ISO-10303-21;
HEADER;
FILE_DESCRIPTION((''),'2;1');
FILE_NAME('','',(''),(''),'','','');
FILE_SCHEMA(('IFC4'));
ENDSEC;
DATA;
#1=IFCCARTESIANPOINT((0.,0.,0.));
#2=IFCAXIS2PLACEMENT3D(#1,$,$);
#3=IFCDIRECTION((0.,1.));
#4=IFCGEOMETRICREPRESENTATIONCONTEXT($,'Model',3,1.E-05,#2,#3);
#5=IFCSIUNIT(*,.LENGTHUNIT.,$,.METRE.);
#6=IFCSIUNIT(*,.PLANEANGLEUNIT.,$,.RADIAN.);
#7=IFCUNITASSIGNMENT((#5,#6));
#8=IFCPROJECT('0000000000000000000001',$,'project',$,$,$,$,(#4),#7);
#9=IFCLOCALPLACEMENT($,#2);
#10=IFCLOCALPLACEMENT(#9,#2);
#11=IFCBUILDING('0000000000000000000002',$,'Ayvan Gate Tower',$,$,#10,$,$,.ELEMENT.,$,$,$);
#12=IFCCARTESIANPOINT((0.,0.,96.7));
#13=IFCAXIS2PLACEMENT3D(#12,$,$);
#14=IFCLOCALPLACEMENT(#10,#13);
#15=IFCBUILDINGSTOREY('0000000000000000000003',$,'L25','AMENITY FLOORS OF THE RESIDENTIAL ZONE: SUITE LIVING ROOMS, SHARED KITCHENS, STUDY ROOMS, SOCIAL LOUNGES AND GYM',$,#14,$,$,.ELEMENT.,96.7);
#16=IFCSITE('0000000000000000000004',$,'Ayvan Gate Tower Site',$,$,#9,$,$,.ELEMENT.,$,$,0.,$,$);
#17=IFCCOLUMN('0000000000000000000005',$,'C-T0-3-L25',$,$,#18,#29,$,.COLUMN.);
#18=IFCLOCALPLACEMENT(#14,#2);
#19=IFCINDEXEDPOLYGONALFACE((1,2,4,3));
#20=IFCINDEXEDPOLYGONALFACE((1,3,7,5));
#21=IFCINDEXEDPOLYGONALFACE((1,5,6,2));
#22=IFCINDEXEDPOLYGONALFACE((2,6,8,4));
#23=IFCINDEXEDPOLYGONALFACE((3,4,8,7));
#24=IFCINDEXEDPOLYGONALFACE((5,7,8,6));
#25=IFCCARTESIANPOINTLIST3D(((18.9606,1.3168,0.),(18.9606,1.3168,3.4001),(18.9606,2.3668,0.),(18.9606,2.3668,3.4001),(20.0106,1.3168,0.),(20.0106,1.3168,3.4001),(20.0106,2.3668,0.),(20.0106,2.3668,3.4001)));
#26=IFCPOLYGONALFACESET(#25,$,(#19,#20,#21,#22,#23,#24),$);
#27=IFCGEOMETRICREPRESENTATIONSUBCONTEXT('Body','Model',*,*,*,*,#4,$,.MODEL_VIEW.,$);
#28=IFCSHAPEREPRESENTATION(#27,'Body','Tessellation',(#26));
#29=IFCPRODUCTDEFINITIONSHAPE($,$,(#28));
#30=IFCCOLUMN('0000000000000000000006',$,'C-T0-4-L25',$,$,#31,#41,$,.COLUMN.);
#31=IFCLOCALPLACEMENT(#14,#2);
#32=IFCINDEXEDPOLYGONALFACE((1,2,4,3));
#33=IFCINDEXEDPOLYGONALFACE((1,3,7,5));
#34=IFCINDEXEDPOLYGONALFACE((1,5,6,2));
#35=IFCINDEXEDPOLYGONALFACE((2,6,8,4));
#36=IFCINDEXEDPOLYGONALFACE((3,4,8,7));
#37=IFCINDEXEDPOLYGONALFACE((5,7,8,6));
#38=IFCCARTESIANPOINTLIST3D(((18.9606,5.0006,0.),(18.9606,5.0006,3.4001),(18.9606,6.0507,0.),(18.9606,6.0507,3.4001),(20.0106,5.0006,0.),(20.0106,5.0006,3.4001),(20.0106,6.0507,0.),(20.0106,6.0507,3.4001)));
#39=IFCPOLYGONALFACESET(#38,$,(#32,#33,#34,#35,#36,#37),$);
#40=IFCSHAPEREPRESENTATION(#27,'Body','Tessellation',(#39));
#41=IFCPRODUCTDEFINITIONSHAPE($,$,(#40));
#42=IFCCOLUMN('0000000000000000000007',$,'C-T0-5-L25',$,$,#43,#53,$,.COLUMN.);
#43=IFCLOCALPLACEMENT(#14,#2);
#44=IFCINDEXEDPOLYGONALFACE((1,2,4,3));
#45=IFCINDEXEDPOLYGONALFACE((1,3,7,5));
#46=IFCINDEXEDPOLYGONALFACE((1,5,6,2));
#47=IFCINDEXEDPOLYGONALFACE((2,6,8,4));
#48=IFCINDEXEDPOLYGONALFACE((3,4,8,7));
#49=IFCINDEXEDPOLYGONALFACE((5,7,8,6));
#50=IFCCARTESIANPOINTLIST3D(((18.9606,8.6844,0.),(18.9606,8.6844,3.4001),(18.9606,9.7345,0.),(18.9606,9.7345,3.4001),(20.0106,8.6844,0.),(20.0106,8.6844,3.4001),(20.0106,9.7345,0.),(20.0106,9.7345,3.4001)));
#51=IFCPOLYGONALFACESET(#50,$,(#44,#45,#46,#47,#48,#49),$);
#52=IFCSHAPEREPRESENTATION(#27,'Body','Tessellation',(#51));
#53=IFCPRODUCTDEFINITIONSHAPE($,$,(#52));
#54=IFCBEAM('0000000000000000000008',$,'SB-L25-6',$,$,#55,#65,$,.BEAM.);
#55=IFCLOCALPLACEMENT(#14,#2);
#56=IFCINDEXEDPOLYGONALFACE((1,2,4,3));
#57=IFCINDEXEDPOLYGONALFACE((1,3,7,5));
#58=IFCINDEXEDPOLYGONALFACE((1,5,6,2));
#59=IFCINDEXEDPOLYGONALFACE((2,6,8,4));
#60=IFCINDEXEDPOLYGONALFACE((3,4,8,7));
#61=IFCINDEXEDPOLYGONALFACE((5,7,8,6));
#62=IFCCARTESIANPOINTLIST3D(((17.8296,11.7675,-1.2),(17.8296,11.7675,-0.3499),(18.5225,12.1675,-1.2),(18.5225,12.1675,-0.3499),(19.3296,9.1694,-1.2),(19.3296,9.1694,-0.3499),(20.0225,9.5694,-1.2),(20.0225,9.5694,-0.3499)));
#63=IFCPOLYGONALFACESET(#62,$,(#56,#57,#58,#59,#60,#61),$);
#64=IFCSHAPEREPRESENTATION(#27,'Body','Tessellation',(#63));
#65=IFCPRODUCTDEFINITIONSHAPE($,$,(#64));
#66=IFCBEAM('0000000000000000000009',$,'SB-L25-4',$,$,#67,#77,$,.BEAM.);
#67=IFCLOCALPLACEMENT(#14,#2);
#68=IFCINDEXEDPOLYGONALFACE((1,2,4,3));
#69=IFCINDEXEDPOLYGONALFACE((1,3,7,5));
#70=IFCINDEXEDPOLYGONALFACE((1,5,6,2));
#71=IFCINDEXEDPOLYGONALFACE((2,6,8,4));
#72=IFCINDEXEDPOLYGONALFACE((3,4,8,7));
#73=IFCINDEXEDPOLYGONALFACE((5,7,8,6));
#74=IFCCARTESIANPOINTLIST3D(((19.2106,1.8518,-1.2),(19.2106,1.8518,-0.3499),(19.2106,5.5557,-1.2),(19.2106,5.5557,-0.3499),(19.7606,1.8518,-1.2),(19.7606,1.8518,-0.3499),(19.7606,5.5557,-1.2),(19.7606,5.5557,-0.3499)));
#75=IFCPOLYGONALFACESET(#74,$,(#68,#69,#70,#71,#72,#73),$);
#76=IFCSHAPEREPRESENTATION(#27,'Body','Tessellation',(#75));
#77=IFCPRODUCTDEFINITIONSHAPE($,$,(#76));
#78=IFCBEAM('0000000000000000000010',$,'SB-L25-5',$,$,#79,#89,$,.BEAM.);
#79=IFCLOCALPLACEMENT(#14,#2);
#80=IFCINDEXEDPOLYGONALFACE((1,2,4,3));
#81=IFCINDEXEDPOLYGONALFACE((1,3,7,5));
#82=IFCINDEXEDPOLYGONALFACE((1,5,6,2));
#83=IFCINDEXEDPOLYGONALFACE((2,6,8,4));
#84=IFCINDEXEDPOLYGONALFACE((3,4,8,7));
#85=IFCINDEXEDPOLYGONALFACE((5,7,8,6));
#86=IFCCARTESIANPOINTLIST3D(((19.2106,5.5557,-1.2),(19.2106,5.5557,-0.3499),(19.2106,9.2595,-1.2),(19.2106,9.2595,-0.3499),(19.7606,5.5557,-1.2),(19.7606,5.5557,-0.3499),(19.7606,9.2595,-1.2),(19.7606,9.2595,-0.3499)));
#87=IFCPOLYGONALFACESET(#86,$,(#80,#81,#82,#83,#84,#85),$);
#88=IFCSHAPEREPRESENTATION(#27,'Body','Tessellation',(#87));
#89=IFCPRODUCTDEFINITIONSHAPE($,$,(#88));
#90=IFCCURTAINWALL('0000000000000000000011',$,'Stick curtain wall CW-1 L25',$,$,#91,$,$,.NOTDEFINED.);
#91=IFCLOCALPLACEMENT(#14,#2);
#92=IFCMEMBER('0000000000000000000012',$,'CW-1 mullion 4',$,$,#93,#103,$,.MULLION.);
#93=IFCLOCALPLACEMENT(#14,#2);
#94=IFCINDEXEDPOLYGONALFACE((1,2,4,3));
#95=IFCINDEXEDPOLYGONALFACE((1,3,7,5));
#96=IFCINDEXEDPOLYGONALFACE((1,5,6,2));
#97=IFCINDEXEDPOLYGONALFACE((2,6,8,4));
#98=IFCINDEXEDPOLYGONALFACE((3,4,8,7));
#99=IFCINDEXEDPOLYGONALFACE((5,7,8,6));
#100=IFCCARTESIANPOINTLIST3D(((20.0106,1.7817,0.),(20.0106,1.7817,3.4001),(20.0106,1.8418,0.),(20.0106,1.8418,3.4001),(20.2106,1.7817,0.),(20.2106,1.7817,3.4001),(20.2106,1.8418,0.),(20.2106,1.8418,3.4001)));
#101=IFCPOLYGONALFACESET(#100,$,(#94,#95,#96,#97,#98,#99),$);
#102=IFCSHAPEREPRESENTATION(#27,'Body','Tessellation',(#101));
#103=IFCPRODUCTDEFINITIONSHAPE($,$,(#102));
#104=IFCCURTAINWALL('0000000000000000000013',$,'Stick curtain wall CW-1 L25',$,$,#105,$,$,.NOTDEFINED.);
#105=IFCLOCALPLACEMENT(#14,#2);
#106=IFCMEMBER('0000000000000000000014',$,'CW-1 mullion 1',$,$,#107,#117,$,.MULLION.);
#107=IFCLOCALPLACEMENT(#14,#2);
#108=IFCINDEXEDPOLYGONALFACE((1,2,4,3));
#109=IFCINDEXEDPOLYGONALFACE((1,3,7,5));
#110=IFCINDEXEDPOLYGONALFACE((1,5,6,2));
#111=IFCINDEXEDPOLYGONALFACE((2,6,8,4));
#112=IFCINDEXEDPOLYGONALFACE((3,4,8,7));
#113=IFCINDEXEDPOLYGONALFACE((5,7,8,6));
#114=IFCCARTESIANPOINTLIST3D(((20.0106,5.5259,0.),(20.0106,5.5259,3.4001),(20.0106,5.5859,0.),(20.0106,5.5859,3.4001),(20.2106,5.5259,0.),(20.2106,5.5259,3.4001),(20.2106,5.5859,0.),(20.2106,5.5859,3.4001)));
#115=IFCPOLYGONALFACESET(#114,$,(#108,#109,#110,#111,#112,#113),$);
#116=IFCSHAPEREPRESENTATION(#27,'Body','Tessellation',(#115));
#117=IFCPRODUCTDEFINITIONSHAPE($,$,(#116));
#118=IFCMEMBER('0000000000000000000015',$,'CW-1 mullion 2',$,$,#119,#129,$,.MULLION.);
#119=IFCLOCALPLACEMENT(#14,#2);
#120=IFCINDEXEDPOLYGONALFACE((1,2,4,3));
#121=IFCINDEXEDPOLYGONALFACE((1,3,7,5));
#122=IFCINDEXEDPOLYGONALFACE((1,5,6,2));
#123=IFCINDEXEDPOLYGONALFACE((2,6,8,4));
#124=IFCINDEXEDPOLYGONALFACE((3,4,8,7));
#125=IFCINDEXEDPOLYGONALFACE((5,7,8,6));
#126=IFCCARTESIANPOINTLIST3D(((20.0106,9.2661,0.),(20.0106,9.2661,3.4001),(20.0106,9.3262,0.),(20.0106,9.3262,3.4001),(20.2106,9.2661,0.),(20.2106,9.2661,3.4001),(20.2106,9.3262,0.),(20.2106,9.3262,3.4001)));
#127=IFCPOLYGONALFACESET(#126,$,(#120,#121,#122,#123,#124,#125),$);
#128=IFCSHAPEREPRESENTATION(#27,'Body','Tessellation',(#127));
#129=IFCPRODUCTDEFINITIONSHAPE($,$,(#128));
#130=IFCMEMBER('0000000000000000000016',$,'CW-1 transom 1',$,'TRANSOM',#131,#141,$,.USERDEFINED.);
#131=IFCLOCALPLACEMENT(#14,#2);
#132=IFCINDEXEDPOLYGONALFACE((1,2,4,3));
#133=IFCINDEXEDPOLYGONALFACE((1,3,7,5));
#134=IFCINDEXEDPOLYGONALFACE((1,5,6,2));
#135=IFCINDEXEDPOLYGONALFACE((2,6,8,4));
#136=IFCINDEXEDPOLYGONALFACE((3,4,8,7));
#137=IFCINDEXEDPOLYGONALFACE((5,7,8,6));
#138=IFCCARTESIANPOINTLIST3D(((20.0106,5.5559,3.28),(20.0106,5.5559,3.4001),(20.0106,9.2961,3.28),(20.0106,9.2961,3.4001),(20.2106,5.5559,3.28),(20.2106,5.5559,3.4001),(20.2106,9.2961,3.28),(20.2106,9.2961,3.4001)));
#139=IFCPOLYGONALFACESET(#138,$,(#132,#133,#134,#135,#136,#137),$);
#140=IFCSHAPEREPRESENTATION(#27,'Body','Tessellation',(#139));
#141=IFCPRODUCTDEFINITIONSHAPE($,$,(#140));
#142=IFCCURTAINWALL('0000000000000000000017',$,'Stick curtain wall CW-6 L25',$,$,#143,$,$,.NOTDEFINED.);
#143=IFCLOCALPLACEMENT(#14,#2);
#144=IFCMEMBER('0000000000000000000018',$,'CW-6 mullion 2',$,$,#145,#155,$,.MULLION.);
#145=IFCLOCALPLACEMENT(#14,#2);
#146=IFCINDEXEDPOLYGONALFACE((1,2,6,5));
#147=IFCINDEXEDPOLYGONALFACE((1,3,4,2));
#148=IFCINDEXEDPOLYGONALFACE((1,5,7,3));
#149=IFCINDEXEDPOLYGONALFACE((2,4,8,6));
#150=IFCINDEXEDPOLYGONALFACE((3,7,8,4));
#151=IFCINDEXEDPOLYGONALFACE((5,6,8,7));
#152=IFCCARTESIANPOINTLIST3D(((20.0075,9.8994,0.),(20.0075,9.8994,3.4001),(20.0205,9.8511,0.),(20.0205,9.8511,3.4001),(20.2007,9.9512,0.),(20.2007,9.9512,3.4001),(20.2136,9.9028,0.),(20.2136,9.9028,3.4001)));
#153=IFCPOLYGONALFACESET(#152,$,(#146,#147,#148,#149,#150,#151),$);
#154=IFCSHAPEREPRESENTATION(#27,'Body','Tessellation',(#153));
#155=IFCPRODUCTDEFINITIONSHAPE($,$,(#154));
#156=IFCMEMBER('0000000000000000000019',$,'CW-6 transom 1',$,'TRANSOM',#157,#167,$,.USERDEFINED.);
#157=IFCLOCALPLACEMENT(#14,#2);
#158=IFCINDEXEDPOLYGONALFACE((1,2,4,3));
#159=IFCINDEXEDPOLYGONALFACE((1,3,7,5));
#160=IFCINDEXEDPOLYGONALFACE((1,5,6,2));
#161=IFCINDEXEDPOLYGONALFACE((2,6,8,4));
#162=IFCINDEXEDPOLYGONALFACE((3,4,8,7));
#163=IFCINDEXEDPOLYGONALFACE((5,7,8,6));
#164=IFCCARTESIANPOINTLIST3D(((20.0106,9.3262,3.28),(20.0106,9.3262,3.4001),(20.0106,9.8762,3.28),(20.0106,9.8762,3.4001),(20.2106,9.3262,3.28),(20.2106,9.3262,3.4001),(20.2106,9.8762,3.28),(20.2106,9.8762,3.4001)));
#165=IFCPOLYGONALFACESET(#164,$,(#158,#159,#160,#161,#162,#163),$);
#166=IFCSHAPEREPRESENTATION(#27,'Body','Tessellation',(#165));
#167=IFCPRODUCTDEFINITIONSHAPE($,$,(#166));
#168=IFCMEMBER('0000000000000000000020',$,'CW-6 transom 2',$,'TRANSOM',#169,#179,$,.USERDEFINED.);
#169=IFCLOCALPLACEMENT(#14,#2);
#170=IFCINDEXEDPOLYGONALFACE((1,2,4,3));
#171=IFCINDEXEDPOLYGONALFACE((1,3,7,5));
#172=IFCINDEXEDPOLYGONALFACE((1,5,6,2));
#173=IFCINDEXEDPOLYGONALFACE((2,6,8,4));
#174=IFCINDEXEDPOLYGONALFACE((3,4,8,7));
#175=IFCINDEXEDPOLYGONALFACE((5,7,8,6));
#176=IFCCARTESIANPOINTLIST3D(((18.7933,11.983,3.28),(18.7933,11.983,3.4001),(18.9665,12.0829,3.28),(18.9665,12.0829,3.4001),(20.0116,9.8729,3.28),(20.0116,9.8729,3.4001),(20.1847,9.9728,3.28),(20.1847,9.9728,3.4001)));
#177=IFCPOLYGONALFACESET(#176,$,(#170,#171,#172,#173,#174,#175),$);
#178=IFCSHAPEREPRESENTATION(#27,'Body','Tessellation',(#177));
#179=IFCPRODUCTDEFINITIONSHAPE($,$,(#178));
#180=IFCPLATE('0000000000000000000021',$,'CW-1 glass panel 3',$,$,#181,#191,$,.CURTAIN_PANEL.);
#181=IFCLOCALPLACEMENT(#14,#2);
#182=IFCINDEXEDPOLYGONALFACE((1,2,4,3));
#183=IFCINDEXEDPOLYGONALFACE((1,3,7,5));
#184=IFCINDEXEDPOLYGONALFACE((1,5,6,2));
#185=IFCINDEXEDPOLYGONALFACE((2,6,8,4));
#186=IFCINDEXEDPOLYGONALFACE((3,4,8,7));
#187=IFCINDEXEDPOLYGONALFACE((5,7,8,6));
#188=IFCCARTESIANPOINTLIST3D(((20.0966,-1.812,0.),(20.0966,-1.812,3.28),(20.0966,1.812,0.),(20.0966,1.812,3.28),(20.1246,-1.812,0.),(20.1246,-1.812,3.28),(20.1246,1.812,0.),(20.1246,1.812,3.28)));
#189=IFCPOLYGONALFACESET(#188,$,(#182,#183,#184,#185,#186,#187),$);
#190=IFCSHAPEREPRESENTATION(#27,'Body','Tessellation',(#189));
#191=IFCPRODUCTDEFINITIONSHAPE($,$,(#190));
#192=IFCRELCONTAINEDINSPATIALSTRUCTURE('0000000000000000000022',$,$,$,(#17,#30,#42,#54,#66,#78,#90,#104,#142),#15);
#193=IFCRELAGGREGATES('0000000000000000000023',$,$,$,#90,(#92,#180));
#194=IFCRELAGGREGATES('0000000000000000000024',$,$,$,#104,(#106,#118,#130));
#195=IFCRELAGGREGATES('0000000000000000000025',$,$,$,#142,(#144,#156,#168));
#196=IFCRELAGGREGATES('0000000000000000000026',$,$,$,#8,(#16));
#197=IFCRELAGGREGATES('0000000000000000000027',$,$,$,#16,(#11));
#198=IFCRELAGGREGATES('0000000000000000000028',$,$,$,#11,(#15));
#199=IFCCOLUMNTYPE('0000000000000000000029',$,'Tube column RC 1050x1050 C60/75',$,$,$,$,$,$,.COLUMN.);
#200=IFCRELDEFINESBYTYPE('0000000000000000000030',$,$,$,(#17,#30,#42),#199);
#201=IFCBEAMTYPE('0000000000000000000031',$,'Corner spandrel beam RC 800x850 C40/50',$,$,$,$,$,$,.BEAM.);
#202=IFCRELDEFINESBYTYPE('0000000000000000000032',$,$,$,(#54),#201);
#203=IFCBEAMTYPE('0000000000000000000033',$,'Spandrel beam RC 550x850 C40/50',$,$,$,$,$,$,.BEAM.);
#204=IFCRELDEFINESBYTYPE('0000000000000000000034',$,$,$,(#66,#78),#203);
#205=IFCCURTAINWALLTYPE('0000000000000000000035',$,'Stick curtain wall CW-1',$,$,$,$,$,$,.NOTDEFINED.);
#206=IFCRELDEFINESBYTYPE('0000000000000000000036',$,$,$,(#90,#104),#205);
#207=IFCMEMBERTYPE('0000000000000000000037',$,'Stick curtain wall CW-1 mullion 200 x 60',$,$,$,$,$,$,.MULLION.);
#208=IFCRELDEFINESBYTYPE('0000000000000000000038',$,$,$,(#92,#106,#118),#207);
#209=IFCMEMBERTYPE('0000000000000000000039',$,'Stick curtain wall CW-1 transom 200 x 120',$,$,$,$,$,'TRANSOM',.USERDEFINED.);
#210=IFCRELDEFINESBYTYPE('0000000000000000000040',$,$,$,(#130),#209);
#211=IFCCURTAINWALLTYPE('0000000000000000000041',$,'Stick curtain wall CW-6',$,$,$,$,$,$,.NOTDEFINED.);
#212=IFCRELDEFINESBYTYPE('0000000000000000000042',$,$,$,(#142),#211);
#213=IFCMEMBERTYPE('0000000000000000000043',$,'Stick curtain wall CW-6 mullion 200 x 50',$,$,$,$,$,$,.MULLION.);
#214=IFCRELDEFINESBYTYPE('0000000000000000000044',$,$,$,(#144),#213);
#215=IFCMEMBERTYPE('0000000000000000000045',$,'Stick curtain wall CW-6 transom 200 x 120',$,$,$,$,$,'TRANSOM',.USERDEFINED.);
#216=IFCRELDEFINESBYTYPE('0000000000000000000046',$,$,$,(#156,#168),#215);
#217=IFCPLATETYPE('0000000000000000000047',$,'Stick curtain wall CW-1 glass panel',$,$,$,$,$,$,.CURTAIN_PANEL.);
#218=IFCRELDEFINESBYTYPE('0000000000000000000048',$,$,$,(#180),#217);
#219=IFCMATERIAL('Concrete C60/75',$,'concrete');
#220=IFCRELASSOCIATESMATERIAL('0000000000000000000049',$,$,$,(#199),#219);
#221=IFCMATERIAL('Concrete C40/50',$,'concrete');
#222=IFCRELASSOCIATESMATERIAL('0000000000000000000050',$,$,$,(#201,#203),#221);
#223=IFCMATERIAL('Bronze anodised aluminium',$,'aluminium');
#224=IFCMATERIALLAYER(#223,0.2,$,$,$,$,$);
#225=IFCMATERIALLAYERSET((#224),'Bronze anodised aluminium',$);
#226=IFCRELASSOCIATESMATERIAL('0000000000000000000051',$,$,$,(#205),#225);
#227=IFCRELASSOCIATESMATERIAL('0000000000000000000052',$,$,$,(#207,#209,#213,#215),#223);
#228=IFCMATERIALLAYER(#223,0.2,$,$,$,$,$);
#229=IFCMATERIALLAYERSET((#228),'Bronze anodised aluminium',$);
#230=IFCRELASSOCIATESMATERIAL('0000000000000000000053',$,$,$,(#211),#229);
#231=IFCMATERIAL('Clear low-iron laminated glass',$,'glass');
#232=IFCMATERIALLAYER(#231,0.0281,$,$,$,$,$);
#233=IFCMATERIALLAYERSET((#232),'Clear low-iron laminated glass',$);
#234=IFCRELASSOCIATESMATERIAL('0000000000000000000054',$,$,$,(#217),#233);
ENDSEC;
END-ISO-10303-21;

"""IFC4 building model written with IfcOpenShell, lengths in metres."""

from ifc_helpers import new_model, si_unit, direction, frame, origin, origin_2d, place, context, subcontext, project, spatial, rectangle, extrude, material, layer, layer_set, material_profile, profile_set, type_object, element, aggregate, save


model = new_model("IFC4")

# Units and contexts
model_context = context("Model", 3, precision=1e-05, world=origin(), true_north=direction((0.0, 1.0)))
body_context = subcontext(model_context, "Body", "Model", "MODEL_VIEW")
ifc_project = project(units=[si_unit("LENGTHUNIT", "METRE"), si_unit("PLANEANGLEUNIT", "RADIAN")], contexts=[model_context])

# Site, building, storey
site_placement = place(None, origin())
site = spatial("IfcSite", under=ifc_project, at=site_placement, Name="Ayvan Gate Tower Site", CompositionType="ELEMENT", RefElevation=0.0)
building_placement = place(site_placement, origin())
building = spatial("IfcBuilding", under=site, at=building_placement, Name="Ayvan Gate Tower", CompositionType="ELEMENT")
storey_placement = place(building_placement, frame((0.0, 0.0, 96.7)))
storey = spatial("IfcBuildingStorey", under=building, at=storey_placement, Name="L25", Description="AMENITY FLOORS OF THE RESIDENTIAL ZONE: SUITE LIVING ROOMS, SHARED KITCHENS, STUDY ROOMS, SOCIAL LOUNGES AND GYM", CompositionType="ELEMENT", Elevation=96.7)

# Columns
ifc_material_1 = material(Name="Concrete C60/75", Category="concrete")
ifc_material_profile_1 = material_profile(ifc_material_1, rectangle(XDim=1.05, YDim=1.05, at=origin_2d()), Name="RC 1050x1050")
ifc_profile_set_1 = profile_set([ifc_material_profile_1], Name="Concrete C60/75")
column_type = type_object("IfcColumnType", Name="Tube column RC 1050x1050 C60/75", PredefinedType="COLUMN", material=ifc_profile_set_1)
for number, where, z_axis, x_axis, name in (
    (1, (19.4856, 1.8418, 0.0), (0.0, 0.0, 1.0), (1.0, 0.0, 0.0), "C-T0-3-L25"),
    (2, (19.4856, 5.5256, 0.0), (0.0, 0.0, 1.0), (1.0, 0.0, 0.0), "C-T0-4-L25"),
    (3, (19.4856, 9.2095, 0.0), (0.0, 0.0, 1.0), (1.0, 0.0, 0.0), "C-T0-5-L25"),
):
    element("IfcColumn", number, at=place(storey_placement, frame(where, z_axis=z_axis, x_axis=x_axis)), inside=storey, type_object=column_type, Name=name, PredefinedType="COLUMN", context=body_context, shape_type="SweptSolid", body=[
        extrude(rectangle(XDim=1.05, YDim=1.05, at=origin_2d()), origin(), (0.0, 0.0, 1.0), 3.4001),
    ])

# Beams
ifc_material_2 = material(Name="Concrete C40/50", Category="concrete")
ifc_material_profile_2 = material_profile(ifc_material_2, rectangle(XDim=0.8, YDim=0.8501, at=origin_2d()), Name="RC 800x850")
ifc_profile_set_2 = profile_set([ifc_material_profile_2], Name="Concrete C40/50")
beam_type_1 = type_object("IfcBeamType", Name="Corner spandrel beam RC 800x850 C40/50", PredefinedType="BEAM", material=ifc_profile_set_2)
beam_placement = place(storey_placement, frame((19.676, 9.3694, -0.7749), z_axis=(-0.49999, 0.866031, 0.0), x_axis=(-0.866031, -0.49999, 0.0)))
element("IfcBeam", 4, at=beam_placement, inside=storey, type_object=beam_type_1, Name="SB-L25-6", PredefinedType="BEAM", context=body_context, shape_type="SweptSolid", body=[
    extrude(rectangle(XDim=0.8, YDim=0.8501, at=origin_2d()), origin(), (0.0, 0.0, 1.0), 3.0),
])
ifc_material_profile_3 = material_profile(ifc_material_2, rectangle(XDim=0.55, YDim=0.8501, at=origin_2d()), Name="RC 550x850")
ifc_profile_set_3 = profile_set([ifc_material_profile_3], Name="Concrete C40/50")
beam_type_2 = type_object("IfcBeamType", Name="Spandrel beam RC 550x850 C40/50", PredefinedType="BEAM", material=ifc_profile_set_3)
for number, where, z_axis, x_axis, name in (
    (5, (19.4856, 1.8518, -0.7749), (0.0, 1.0, 0.0), (-1.0, 0.0, 0.0), "SB-L25-4"),
    (6, (19.4856, 5.5557, -0.7749), (0.0, 1.0, 0.0), (-1.0, 0.0, 0.0), "SB-L25-5"),
):
    element("IfcBeam", number, at=place(storey_placement, frame(where, z_axis=z_axis, x_axis=x_axis)), inside=storey, type_object=beam_type_2, Name=name, PredefinedType="BEAM", context=body_context, shape_type="SweptSolid", body=[
        extrude(rectangle(XDim=0.55, YDim=0.8501, at=origin_2d()), origin(), (0.0, 0.0, 1.0), 3.7039),
    ])

# Curtain wall, member
ifc_material_3 = material(Name="Bronze anodised aluminium", Category="aluminium")
ifc_layer_1 = layer(ifc_material_3, 0.2)
ifc_layer_set_1 = layer_set([ifc_layer_1], Name="Bronze anodised aluminium")
curtain_wall_type_1 = type_object("IfcCurtainWallType", Name="Stick curtain wall CW-1", PredefinedType="NOTDEFINED", material=ifc_layer_set_1)
curtain_wall_1_placement = place(storey_placement, origin())
curtain_wall_1 = element("IfcCurtainWall", 7, at=curtain_wall_1_placement, inside=storey, type_object=curtain_wall_type_1, Name="Stick curtain wall CW-1 L25", PredefinedType="NOTDEFINED")
ifc_material_profile_4 = material_profile(ifc_material_3, rectangle(XDim=0.2, YDim=0.0601, at=origin_2d()), Name="Stick curtain wall CW-1 mullion 200 x 60")
ifc_profile_set_4 = profile_set([ifc_material_profile_4], Name="Bronze anodised aluminium")
member_type_1 = type_object("IfcMemberType", Name="Stick curtain wall CW-1 mullion 200 x 60", PredefinedType="MULLION", material=ifc_profile_set_4)
member_1_placement = place(storey_placement, frame((20.1106, 1.8118, 0.0), z_axis=(0.0, 0.0, 1.0), x_axis=(1.0, 0.0, 0.0)))
member_1 = element("IfcMember", 8, at=member_1_placement, type_object=member_type_1, Name="CW-1 mullion 4", PredefinedType="MULLION", context=body_context, shape_type="SweptSolid", body=[
    extrude(rectangle(XDim=0.2, YDim=0.0601, at=origin_2d()), origin(), (0.0, 0.0, 1.0), 3.4001),
])

# Curtain walls, members
curtain_wall_2_placement = place(storey_placement, origin())
curtain_wall_2 = element("IfcCurtainWall", 9, at=curtain_wall_2_placement, inside=storey, type_object=curtain_wall_type_1, Name="Stick curtain wall CW-1 L25", PredefinedType="NOTDEFINED")
member_2_placement = place(storey_placement, frame((20.1106, 5.5559, 0.0), z_axis=(0.0, 0.0, 1.0), x_axis=(1.0, 0.0, 0.0)))
member_2 = element("IfcMember", 10, at=member_2_placement, type_object=member_type_1, Name="CW-1 mullion 1", PredefinedType="MULLION", context=body_context, shape_type="SweptSolid", body=[
    extrude(rectangle(XDim=0.2, YDim=0.0601, at=origin_2d()), origin(), (0.0, 0.0, 1.0), 3.4001),
])
member_3_placement = place(storey_placement, frame((20.1106, 9.2961, 0.0), z_axis=(0.0, 0.0, 1.0), x_axis=(1.0, 0.0, 0.0)))
member_3 = element("IfcMember", 11, at=member_3_placement, type_object=member_type_1, Name="CW-1 mullion 2", PredefinedType="MULLION", context=body_context, shape_type="SweptSolid", body=[
    extrude(rectangle(XDim=0.2, YDim=0.0601, at=origin_2d()), origin(), (0.0, 0.0, 1.0), 3.4001),
])
ifc_material_profile_5 = material_profile(ifc_material_3, rectangle(XDim=0.2, YDim=0.1201, at=origin_2d()), Name="Stick curtain wall CW-1 transom 200 x 120")
ifc_profile_set_5 = profile_set([ifc_material_profile_5], Name="Bronze anodised aluminium")
member_type_2 = type_object("IfcMemberType", Name="Stick curtain wall CW-1 transom 200 x 120", ElementType="TRANSOM", PredefinedType="USERDEFINED", material=ifc_profile_set_5)
member_4_placement = place(storey_placement, frame((20.1106, 5.5559, 3.3401), z_axis=(0.0, 1.0, 0.0), x_axis=(-1.0, 0.0, 0.0)))
member_4 = element("IfcMember", 12, at=member_4_placement, type_object=member_type_2, Name="CW-1 transom 1", ObjectType="TRANSOM", PredefinedType="USERDEFINED", context=body_context, shape_type="SweptSolid", body=[
    extrude(rectangle(XDim=0.2, YDim=0.1201, at=origin_2d()), origin(), (0.0, 0.0, 1.0), 3.7402),
])
ifc_layer_2 = layer(ifc_material_3, 0.2)
ifc_layer_set_2 = layer_set([ifc_layer_2], Name="Bronze anodised aluminium")
curtain_wall_type_2 = type_object("IfcCurtainWallType", Name="Stick curtain wall CW-6", PredefinedType="NOTDEFINED", material=ifc_layer_set_2)
curtain_wall_3_placement = place(storey_placement, origin())
curtain_wall_3 = element("IfcCurtainWall", 13, at=curtain_wall_3_placement, inside=storey, type_object=curtain_wall_type_2, Name="Stick curtain wall CW-6 L25", PredefinedType="NOTDEFINED")
ifc_material_profile_6 = material_profile(ifc_material_3, rectangle(XDim=0.2, YDim=0.05, at=origin_2d()), Name="Stick curtain wall CW-6 mullion 200 x 50")
ifc_profile_set_6 = profile_set([ifc_material_profile_6], Name="Bronze anodised aluminium")
member_type_3 = type_object("IfcMemberType", Name="Stick curtain wall CW-6 mullion 200 x 50", PredefinedType="MULLION", material=ifc_profile_set_6)
member_5_placement = place(storey_placement, frame((20.1106, 9.9011, 0.0), z_axis=(0.0, 0.0, 1.0), x_axis=(0.965926, 0.258819, 0.0)))
member_5 = element("IfcMember", 14, at=member_5_placement, type_object=member_type_3, Name="CW-6 mullion 2", PredefinedType="MULLION", context=body_context, shape_type="SweptSolid", body=[
    extrude(rectangle(XDim=0.2, YDim=0.05, at=origin_2d()), origin(), (0.0, 0.0, 1.0), 3.4001),
])
ifc_material_profile_7 = material_profile(ifc_material_3, rectangle(XDim=0.2, YDim=0.1201, at=origin_2d()), Name="Stick curtain wall CW-6 transom 200 x 120")
ifc_profile_set_7 = profile_set([ifc_material_profile_7], Name="Bronze anodised aluminium")
member_type_4 = type_object("IfcMemberType", Name="Stick curtain wall CW-6 transom 200 x 120", ElementType="TRANSOM", PredefinedType="USERDEFINED", material=ifc_profile_set_7)
member_6_placement = place(storey_placement, frame((20.1106, 9.3262, 3.3401), z_axis=(0.0, 1.0, 0.0), x_axis=(-1.0, 0.0, 0.0)))
member_6 = element("IfcMember", 15, at=member_6_placement, type_object=member_type_4, Name="CW-6 transom 1", ObjectType="TRANSOM", PredefinedType="USERDEFINED", context=body_context, shape_type="SweptSolid", body=[
    extrude(rectangle(XDim=0.2, YDim=0.1201, at=origin_2d()), origin(), (0.0, 0.0, 1.0), 0.55),
])
member_7_placement = place(storey_placement, frame((20.0981, 9.9229, 3.3401), z_axis=(-0.499997, 0.866027, 0.0), x_axis=(-0.866027, -0.499997, 0.0)))
member_7 = element("IfcMember", 16, at=member_7_placement, type_object=member_type_4, Name="CW-6 transom 2", ObjectType="TRANSOM", PredefinedType="USERDEFINED", context=body_context, shape_type="SweptSolid", body=[
    extrude(rectangle(XDim=0.2, YDim=0.1201, at=origin_2d()), origin(), (0.0, 0.0, 1.0), 2.4365),
])

# Plate
ifc_material_4 = material(Name="Clear low-iron laminated glass", Category="glass")
ifc_layer_3 = layer(ifc_material_4, 0.0281)
ifc_layer_set_3 = layer_set([ifc_layer_3], Name="Clear low-iron laminated glass")
plate_type_1 = type_object("IfcPlateType", Name="Stick curtain wall CW-1 glass panel", PredefinedType="CURTAIN_PANEL", material=ifc_layer_set_3)
plate_1_placement = place(storey_placement, frame((20.1106, 0.0, 0.0), z_axis=(0.0, 0.0, 1.0), x_axis=(0.0, 1.0, 0.0)))
plate_1 = element("IfcPlate", 17, at=plate_1_placement, type_object=plate_type_1, Name="CW-1 glass panel 3", PredefinedType="CURTAIN_PANEL", context=body_context, shape_type="SweptSolid", body=[
    extrude(rectangle(XDim=3.624, YDim=0.0281, at=origin_2d()), origin(), (0.0, 0.0, 1.0), 3.28),
])
aggregate(curtain_wall_1, [member_1, plate_1])
aggregate(curtain_wall_2, [member_2, member_3, member_4])
aggregate(curtain_wall_3, [member_5, member_6, member_7])

save(model, "model.ifc")
